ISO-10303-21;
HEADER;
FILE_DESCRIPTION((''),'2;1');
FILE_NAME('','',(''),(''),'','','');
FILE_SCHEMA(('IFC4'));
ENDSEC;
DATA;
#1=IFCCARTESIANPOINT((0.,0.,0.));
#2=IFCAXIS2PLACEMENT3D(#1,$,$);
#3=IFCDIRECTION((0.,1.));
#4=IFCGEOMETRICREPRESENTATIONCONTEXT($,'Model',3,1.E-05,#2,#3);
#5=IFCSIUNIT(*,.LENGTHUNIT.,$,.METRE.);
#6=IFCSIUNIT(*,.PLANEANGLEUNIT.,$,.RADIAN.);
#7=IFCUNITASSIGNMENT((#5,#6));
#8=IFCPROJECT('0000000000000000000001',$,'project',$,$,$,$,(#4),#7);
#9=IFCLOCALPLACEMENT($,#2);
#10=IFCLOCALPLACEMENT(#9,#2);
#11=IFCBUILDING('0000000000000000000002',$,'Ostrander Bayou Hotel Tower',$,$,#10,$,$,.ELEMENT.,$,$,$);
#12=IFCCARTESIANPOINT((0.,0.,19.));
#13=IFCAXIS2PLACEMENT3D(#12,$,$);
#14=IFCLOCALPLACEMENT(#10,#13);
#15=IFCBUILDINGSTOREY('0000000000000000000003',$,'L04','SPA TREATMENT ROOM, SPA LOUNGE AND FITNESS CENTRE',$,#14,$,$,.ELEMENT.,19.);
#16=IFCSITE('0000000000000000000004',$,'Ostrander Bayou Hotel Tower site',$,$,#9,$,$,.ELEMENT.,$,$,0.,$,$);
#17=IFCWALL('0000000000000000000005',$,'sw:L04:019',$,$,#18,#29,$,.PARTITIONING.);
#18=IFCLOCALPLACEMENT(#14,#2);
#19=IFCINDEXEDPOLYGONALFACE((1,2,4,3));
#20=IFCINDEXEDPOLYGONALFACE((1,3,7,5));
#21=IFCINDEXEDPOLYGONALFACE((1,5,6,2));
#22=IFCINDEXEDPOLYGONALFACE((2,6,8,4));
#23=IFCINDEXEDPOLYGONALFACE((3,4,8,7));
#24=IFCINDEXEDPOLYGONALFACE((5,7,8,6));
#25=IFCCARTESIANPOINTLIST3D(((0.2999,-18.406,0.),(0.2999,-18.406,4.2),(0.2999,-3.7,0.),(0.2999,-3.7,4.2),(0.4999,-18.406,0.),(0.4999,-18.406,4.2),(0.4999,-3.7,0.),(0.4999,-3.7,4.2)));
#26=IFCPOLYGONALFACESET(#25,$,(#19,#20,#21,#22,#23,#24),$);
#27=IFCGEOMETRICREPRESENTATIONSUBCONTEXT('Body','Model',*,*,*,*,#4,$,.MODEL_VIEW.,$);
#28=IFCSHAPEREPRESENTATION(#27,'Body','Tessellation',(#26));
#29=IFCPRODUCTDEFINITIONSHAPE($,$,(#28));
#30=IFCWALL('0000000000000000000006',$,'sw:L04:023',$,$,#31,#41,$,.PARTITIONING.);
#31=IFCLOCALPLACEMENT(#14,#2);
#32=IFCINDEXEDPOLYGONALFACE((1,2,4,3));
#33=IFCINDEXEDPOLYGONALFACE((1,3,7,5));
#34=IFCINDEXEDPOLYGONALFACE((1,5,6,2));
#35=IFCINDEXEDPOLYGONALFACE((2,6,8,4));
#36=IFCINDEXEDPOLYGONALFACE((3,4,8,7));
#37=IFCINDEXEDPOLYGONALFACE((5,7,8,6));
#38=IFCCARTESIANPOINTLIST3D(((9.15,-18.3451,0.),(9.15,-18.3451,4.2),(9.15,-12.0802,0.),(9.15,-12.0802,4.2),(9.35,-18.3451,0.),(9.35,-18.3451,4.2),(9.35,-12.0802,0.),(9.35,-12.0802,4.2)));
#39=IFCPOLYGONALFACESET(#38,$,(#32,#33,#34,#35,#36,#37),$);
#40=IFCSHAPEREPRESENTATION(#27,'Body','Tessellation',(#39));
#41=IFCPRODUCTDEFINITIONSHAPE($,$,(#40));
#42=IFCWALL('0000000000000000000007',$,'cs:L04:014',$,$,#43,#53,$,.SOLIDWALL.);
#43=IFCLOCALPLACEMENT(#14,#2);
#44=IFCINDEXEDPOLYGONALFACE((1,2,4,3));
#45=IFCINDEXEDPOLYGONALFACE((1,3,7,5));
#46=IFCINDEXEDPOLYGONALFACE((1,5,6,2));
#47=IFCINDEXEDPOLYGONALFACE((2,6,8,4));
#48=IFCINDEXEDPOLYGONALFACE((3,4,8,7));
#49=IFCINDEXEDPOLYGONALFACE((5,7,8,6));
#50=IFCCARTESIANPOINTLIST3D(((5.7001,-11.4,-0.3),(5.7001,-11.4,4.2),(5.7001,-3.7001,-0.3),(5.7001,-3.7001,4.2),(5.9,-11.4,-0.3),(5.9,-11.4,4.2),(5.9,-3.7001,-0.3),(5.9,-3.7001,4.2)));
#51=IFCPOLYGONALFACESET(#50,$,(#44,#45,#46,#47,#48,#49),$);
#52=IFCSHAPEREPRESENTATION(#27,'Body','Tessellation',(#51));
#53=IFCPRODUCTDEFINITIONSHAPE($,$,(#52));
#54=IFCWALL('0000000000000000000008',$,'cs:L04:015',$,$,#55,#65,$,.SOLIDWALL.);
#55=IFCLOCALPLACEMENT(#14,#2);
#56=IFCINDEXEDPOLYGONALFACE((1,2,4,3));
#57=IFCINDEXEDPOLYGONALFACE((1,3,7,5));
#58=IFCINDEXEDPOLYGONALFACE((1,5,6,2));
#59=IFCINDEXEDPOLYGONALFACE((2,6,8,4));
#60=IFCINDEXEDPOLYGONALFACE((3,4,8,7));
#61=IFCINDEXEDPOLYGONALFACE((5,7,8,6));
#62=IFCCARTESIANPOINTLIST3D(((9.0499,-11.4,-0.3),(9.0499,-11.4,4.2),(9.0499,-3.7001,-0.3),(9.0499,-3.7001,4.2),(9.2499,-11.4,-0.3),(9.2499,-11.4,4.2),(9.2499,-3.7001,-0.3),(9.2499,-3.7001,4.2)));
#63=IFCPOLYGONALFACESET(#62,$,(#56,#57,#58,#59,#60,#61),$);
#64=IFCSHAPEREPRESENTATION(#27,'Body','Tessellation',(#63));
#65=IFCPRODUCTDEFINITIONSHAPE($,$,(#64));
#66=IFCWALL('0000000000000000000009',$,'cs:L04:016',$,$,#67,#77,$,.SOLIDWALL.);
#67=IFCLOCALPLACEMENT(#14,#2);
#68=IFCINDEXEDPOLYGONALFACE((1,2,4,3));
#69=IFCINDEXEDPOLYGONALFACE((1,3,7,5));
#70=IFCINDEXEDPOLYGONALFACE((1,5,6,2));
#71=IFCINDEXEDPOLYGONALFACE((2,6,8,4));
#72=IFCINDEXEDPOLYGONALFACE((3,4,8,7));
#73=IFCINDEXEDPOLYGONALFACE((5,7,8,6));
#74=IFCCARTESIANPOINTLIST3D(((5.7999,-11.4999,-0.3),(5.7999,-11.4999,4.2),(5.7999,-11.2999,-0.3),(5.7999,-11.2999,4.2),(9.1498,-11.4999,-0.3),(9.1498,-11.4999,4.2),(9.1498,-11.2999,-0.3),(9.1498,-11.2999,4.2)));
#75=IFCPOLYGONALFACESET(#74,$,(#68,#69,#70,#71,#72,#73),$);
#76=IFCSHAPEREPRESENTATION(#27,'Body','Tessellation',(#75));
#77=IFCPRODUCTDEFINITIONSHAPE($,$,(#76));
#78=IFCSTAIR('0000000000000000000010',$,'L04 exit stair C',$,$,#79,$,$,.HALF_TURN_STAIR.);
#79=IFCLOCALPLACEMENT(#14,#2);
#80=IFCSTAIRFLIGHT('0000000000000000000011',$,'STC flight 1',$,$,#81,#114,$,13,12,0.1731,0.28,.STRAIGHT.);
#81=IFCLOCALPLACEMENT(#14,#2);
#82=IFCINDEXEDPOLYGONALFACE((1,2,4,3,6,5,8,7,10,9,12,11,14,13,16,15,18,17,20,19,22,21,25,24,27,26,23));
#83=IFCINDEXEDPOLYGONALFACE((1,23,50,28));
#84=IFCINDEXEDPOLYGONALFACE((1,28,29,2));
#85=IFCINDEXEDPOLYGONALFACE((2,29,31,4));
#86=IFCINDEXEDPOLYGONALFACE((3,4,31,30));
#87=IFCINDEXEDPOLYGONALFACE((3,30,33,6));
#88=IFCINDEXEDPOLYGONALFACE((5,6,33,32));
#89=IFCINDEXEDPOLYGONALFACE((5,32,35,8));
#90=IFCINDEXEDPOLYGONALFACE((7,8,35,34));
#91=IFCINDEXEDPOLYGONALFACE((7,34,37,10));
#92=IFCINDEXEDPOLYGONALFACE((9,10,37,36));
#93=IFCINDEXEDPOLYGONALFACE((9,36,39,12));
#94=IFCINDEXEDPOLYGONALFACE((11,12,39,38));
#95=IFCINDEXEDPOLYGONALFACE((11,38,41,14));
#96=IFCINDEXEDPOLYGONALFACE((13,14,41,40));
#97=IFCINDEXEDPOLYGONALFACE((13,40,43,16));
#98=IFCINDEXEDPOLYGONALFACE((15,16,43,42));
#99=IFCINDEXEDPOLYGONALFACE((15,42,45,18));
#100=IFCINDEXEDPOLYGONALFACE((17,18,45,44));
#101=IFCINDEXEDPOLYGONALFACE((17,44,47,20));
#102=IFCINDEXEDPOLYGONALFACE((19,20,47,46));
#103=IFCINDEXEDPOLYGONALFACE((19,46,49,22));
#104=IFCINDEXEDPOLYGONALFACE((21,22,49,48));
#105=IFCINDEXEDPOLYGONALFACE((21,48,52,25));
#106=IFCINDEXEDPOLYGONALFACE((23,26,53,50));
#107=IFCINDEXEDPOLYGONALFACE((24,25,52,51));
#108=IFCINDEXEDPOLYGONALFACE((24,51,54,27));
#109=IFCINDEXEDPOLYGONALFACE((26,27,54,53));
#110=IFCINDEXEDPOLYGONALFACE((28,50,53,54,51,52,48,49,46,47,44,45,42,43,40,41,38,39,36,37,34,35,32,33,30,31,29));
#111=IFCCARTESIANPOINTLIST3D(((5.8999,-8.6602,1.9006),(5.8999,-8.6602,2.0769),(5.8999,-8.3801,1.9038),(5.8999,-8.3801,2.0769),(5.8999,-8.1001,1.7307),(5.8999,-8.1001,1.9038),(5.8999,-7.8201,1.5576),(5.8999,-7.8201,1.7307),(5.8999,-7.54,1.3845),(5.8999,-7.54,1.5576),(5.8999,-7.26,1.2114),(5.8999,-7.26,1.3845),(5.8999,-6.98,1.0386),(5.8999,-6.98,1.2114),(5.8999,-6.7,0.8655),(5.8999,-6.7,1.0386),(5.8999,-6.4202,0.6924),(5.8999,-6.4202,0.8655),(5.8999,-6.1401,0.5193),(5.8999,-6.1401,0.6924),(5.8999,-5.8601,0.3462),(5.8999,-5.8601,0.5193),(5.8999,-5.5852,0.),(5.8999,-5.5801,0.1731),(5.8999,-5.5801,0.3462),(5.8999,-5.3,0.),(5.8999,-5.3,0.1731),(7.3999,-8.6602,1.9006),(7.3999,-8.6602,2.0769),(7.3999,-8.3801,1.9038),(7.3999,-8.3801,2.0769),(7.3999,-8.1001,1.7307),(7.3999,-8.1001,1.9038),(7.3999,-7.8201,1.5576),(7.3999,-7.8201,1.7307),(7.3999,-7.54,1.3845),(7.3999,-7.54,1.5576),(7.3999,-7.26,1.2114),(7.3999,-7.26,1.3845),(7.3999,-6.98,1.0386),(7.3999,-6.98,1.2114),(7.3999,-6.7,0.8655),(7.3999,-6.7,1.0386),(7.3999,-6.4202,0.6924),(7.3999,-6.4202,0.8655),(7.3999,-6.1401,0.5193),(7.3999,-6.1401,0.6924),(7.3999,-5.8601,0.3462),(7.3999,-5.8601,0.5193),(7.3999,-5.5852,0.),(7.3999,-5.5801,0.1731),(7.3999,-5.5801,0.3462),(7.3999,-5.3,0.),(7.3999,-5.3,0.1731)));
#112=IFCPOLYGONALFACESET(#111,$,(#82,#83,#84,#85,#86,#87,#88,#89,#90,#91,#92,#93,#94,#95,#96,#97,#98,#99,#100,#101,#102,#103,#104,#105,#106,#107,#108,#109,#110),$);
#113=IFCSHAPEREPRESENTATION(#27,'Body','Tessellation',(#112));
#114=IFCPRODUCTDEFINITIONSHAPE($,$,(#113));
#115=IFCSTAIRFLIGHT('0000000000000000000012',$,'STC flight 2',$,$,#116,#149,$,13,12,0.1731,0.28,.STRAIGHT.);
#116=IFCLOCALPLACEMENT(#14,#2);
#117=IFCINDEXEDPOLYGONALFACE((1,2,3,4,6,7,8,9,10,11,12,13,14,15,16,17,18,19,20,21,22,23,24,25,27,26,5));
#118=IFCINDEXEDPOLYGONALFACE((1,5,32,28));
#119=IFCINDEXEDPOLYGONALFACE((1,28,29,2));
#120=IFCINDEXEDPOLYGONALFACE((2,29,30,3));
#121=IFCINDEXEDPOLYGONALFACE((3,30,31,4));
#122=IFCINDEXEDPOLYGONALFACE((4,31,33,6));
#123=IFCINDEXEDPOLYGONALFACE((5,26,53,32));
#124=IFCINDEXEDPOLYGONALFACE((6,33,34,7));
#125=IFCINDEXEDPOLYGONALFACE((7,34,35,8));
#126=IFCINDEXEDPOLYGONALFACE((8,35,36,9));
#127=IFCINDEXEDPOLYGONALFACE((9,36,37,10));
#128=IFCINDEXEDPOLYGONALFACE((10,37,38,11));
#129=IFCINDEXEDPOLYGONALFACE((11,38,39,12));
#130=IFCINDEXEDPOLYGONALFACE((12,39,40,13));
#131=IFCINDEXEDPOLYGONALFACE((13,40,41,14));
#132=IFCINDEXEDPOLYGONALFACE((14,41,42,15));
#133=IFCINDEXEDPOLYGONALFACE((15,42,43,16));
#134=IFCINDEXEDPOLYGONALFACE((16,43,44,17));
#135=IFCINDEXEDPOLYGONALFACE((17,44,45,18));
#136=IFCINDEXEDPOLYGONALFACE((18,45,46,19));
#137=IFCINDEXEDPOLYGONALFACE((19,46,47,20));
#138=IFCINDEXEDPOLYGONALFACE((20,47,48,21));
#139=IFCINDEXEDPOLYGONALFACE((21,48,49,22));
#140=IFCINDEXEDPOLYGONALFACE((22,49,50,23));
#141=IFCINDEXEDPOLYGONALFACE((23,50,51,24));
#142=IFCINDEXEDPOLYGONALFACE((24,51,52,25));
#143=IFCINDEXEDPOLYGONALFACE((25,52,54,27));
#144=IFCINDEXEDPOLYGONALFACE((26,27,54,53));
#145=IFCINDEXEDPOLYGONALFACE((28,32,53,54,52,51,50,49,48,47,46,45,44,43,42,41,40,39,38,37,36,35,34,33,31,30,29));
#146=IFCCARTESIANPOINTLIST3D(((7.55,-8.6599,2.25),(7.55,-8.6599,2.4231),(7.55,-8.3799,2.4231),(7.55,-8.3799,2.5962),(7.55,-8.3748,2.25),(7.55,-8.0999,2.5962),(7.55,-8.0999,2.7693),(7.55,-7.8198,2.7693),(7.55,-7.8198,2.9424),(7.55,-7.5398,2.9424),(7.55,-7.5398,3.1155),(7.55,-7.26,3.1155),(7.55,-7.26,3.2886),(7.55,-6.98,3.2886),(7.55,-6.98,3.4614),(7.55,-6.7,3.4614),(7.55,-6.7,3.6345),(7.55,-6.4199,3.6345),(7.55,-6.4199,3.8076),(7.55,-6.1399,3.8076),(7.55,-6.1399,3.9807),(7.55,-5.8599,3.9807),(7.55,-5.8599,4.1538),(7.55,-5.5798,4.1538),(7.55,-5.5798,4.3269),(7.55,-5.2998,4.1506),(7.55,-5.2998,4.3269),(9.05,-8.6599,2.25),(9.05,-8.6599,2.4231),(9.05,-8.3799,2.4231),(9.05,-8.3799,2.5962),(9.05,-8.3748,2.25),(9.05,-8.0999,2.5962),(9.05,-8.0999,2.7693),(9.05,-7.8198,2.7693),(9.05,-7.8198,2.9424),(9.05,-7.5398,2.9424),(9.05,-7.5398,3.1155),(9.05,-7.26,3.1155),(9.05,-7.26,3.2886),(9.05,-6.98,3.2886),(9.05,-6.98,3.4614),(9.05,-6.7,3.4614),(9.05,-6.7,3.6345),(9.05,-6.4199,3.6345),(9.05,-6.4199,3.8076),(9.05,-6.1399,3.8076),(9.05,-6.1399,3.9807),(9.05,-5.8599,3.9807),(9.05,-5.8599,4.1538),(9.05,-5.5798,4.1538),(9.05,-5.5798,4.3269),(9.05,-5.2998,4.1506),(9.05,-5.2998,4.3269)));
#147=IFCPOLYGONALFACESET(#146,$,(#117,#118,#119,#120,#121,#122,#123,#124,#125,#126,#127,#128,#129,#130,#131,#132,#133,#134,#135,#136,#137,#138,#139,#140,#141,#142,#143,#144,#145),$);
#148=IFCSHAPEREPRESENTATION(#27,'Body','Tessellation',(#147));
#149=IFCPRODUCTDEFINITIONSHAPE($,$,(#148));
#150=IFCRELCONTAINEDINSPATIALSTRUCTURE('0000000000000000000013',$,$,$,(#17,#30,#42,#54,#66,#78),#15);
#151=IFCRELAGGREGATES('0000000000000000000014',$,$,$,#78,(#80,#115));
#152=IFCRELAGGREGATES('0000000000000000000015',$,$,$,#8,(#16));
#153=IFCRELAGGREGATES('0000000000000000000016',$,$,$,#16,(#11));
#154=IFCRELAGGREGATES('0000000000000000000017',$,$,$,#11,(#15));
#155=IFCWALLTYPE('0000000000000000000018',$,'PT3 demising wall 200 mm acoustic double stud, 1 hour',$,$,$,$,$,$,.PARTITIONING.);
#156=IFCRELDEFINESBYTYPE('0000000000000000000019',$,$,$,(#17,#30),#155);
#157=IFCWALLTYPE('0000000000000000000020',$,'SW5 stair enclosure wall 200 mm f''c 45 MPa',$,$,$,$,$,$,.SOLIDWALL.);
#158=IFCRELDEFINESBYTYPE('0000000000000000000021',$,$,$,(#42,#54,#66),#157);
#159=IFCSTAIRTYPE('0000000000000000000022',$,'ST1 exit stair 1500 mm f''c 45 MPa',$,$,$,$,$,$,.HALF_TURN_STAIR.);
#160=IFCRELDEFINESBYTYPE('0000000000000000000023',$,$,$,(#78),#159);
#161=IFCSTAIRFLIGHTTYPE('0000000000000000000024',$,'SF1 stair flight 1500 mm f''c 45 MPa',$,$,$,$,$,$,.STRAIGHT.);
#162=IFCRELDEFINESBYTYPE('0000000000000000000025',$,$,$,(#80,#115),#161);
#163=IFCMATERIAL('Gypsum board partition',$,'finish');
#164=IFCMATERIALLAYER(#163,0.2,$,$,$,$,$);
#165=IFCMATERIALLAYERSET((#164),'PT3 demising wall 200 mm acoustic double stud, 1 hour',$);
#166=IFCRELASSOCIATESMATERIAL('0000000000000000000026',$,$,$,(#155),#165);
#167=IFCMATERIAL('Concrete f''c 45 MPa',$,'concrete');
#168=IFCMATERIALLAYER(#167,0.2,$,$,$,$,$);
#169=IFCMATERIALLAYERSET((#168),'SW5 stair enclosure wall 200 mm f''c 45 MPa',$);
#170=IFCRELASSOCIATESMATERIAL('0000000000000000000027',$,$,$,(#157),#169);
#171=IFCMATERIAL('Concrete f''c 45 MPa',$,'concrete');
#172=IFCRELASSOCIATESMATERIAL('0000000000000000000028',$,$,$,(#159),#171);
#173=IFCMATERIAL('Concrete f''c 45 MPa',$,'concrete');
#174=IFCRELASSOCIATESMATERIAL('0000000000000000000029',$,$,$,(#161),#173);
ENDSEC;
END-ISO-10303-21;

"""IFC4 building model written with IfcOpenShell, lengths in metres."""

from ifc_helpers import new_model, si_unit, direction, frame, frame_2d, origin, place, context, subcontext, project, spatial, polyline, rectangle, outline, extrude, material, layer, layer_set, type_object, element, aggregate, save


model = new_model("IFC4")

# Units and contexts
model_context = context("Model", 3, precision=1e-05, world=origin(), true_north=direction((0.0, 1.0)))
body_context = subcontext(model_context, "Body", "Model", "MODEL_VIEW")
ifc_project = project(units=[si_unit("LENGTHUNIT", "METRE"), si_unit("PLANEANGLEUNIT", "RADIAN")], contexts=[model_context])

# Site, building, storey
site_placement = place(None, origin())
site = spatial("IfcSite", under=ifc_project, at=site_placement, Name="Ostrander Bayou Hotel Tower site", CompositionType="ELEMENT", RefElevation=0.0)
building_placement = place(site_placement, origin())
building = spatial("IfcBuilding", under=site, at=building_placement, Name="Ostrander Bayou Hotel Tower", CompositionType="ELEMENT")
storey_placement = place(building_placement, frame((0.0, 0.0, 19.0)))
storey = spatial("IfcBuildingStorey", under=building, at=storey_placement, Name="L04", Description="SPA TREATMENT ROOM, SPA LOUNGE AND FITNESS CENTRE", CompositionType="ELEMENT", Elevation=19.0)

# Wall
ifc_material_1 = material(Name="Gypsum board partition", Category="finish")
ifc_layer_1 = layer(ifc_material_1, 0.2)
ifc_layer_set_1 = layer_set([ifc_layer_1], Name="PT3 demising wall 200 mm acoustic double stud, 1 hour")
wall_type_1 = type_object("IfcWallType", Name="PT3 demising wall 200 mm acoustic double stud, 1 hour", PredefinedType="PARTITIONING", material=ifc_layer_set_1)
wall_1_placement = place(storey_placement, frame((0.3999, -18.406, 0.0), z_axis=(0.0, 0.0, 1.0), x_axis=(0.0, 1.0, 0.0)))
element("IfcWall", 1, at=wall_1_placement, inside=storey, type_object=wall_type_1, Name="sw:L04:019", PredefinedType="PARTITIONING", context=body_context, shape_type="SweptSolid", body=[
    extrude(rectangle(XDim=14.7061, YDim=0.2, at=frame_2d((7.353, 0.0))), origin(), (0.0, 0.0, 1.0), 4.2),
])

# Wall
wall_2_placement = place(storey_placement, frame((9.25, -18.345, 0.0), z_axis=(0.0, 0.0, 1.0), x_axis=(0.0, 1.0, 0.0)))
element("IfcWall", 2, at=wall_2_placement, inside=storey, type_object=wall_type_1, Name="sw:L04:023", PredefinedType="PARTITIONING", context=body_context, shape_type="SweptSolid", body=[
    extrude(rectangle(XDim=6.2649, YDim=0.2, at=frame_2d((3.1323, 0.0))), origin(), (0.0, 0.0, 1.0), 4.2),
])

# Shared definitions
ifc_material_2 = material(Name="Concrete f'c 45 MPa", Category="concrete")
ifc_layer_2 = layer(ifc_material_2, 0.2)
ifc_layer_set_2 = layer_set([ifc_layer_2], Name="SW5 stair enclosure wall 200 mm f'c 45 MPa")
wall_type_2 = type_object("IfcWallType", Name="SW5 stair enclosure wall 200 mm f'c 45 MPa", PredefinedType="SOLIDWALL", material=ifc_layer_set_2)

# Walls
for number, where, z_axis, x_axis, name in (
    (3, (5.8, -3.7, -0.3), (0.0, 0.0, 1.0), (0.0, -1.0, 0.0), "cs:L04:014"),
    (4, (9.1499, -3.7, -0.3), (0.0, 0.0, 1.0), (0.0, -1.0, 0.0), "cs:L04:015"),
):
    element("IfcWall", number, at=place(storey_placement, frame(where, z_axis=z_axis, x_axis=x_axis)), inside=storey, type_object=wall_type_2, Name=name, PredefinedType="SOLIDWALL", context=body_context, shape_type="SweptSolid", body=[
        extrude(rectangle(XDim=7.7, YDim=0.2, at=frame_2d((3.8501, 0.0))), origin(), (0.0, 0.0, 1.0), 4.5),
    ])
wall_3_placement = place(storey_placement, frame((5.8, -11.3999, -0.3), z_axis=(0.0, 0.0, 1.0), x_axis=(1.0, 0.0, 0.0)))
element("IfcWall", 5, at=wall_3_placement, inside=storey, type_object=wall_type_2, Name="cs:L04:016", PredefinedType="SOLIDWALL", context=body_context, shape_type="SweptSolid", body=[
    extrude(rectangle(XDim=3.3499, YDim=0.2, at=frame_2d((1.6748, 0.0))), origin(), (0.0, 0.0, 1.0), 4.5),
])

# Stair, stair flights
ifc_material_3 = material(Name="Concrete f'c 45 MPa", Category="concrete")
stair_type = type_object("IfcStairType", Name="ST1 exit stair 1500 mm f'c 45 MPa", PredefinedType="HALF_TURN_STAIR", material=ifc_material_3)
stair_placement = place(storey_placement, origin())
stair = element("IfcStair", 6, at=stair_placement, inside=storey, type_object=stair_type, Name="L04 exit stair C", PredefinedType="HALF_TURN_STAIR")
ifc_material_4 = material(Name="Concrete f'c 45 MPa", Category="concrete")
stair_flight_type = type_object("IfcStairFlightType", Name="SF1 stair flight 1500 mm f'c 45 MPa", PredefinedType="STRAIGHT", material=ifc_material_4)
stair_flight_1_placement = place(storey_placement, frame((6.6499, -5.3, 0.0), z_axis=(0.0, 0.0, 1.0), x_axis=(0.0, -1.0, 0.0)))
stair_flight_1 = element("IfcStairFlight", 7, at=stair_flight_1_placement, type_object=stair_flight_type, Name="STC flight 1", NumberOfRisers=13, NumberOfTreads=12, PredefinedType="STRAIGHT", RiserHeight=0.1731, TreadLength=0.28, context=body_context, shape_type="SweptSolid", body=[
    extrude(outline(polyline([(0.0, 0.0), (0.0, 0.1731), (0.28, 0.1731), (0.28, 0.3462), (0.5601, 0.3462), (0.5601, 0.5193), (0.8401, 0.5193), (0.8401, 0.6924), (1.1201, 0.6924), (1.1201, 0.8655), (1.3999, 0.8655), (1.3999, 1.0386), (1.6799, 1.0386), (1.6799, 1.2114), (1.96, 1.2114), (1.96, 1.3845), (2.24, 1.3845), (2.24, 1.5576), (2.52, 1.5576), (2.52, 1.7307), (2.8, 1.7307), (2.8, 1.9038), (3.0801, 1.9038), (3.0801, 2.0769), (3.3601, 2.0769), (3.3601, 2.25), (3.3601, 1.9006), (0.2852, 0.0), (0.0, 0.0)])), frame((0.0, 0.75, 0.0), z_axis=(0.0, -1.0, 0.0), x_axis=(1.0, 0.0, 0.0)), (0.0, 0.0, 1.0), 1.5),
])
stair_flight_2_placement = place(storey_placement, frame((8.3, -8.6599, 2.25), z_axis=(0.0, 0.0, 1.0), x_axis=(0.0, 1.0, 0.0)))
stair_flight_2 = element("IfcStairFlight", 8, at=stair_flight_2_placement, type_object=stair_flight_type, Name="STC flight 2", NumberOfRisers=13, NumberOfTreads=12, PredefinedType="STRAIGHT", RiserHeight=0.1731, TreadLength=0.28, context=body_context, shape_type="SweptSolid", body=[
    extrude(outline(polyline([(0.0, 0.0), (0.0, 0.1731), (0.28, 0.1731), (0.28, 0.3462), (0.5601, 0.3462), (0.5601, 0.5193), (0.8401, 0.5193), (0.8401, 0.6924), (1.1201, 0.6924), (1.1201, 0.8655), (1.3999, 0.8655), (1.3999, 1.0386), (1.6799, 1.0386), (1.6799, 1.2114), (1.96, 1.2114), (1.96, 1.3845), (2.24, 1.3845), (2.24, 1.5576), (2.52, 1.5576), (2.52, 1.7307), (2.8, 1.7307), (2.8, 1.9038), (3.0801, 1.9038), (3.0801, 2.0769), (3.3601, 2.0769), (3.3601, 2.25), (3.3601, 1.9006), (0.2852, 0.0), (0.0, 0.0)])), frame((0.0, 0.75, 0.0), z_axis=(0.0, -1.0, 0.0), x_axis=(1.0, 0.0, 0.0)), (0.0, 0.0, 1.0), 1.5),
])
aggregate(stair, [stair_flight_1, stair_flight_2])

save(model, "model.ifc")
